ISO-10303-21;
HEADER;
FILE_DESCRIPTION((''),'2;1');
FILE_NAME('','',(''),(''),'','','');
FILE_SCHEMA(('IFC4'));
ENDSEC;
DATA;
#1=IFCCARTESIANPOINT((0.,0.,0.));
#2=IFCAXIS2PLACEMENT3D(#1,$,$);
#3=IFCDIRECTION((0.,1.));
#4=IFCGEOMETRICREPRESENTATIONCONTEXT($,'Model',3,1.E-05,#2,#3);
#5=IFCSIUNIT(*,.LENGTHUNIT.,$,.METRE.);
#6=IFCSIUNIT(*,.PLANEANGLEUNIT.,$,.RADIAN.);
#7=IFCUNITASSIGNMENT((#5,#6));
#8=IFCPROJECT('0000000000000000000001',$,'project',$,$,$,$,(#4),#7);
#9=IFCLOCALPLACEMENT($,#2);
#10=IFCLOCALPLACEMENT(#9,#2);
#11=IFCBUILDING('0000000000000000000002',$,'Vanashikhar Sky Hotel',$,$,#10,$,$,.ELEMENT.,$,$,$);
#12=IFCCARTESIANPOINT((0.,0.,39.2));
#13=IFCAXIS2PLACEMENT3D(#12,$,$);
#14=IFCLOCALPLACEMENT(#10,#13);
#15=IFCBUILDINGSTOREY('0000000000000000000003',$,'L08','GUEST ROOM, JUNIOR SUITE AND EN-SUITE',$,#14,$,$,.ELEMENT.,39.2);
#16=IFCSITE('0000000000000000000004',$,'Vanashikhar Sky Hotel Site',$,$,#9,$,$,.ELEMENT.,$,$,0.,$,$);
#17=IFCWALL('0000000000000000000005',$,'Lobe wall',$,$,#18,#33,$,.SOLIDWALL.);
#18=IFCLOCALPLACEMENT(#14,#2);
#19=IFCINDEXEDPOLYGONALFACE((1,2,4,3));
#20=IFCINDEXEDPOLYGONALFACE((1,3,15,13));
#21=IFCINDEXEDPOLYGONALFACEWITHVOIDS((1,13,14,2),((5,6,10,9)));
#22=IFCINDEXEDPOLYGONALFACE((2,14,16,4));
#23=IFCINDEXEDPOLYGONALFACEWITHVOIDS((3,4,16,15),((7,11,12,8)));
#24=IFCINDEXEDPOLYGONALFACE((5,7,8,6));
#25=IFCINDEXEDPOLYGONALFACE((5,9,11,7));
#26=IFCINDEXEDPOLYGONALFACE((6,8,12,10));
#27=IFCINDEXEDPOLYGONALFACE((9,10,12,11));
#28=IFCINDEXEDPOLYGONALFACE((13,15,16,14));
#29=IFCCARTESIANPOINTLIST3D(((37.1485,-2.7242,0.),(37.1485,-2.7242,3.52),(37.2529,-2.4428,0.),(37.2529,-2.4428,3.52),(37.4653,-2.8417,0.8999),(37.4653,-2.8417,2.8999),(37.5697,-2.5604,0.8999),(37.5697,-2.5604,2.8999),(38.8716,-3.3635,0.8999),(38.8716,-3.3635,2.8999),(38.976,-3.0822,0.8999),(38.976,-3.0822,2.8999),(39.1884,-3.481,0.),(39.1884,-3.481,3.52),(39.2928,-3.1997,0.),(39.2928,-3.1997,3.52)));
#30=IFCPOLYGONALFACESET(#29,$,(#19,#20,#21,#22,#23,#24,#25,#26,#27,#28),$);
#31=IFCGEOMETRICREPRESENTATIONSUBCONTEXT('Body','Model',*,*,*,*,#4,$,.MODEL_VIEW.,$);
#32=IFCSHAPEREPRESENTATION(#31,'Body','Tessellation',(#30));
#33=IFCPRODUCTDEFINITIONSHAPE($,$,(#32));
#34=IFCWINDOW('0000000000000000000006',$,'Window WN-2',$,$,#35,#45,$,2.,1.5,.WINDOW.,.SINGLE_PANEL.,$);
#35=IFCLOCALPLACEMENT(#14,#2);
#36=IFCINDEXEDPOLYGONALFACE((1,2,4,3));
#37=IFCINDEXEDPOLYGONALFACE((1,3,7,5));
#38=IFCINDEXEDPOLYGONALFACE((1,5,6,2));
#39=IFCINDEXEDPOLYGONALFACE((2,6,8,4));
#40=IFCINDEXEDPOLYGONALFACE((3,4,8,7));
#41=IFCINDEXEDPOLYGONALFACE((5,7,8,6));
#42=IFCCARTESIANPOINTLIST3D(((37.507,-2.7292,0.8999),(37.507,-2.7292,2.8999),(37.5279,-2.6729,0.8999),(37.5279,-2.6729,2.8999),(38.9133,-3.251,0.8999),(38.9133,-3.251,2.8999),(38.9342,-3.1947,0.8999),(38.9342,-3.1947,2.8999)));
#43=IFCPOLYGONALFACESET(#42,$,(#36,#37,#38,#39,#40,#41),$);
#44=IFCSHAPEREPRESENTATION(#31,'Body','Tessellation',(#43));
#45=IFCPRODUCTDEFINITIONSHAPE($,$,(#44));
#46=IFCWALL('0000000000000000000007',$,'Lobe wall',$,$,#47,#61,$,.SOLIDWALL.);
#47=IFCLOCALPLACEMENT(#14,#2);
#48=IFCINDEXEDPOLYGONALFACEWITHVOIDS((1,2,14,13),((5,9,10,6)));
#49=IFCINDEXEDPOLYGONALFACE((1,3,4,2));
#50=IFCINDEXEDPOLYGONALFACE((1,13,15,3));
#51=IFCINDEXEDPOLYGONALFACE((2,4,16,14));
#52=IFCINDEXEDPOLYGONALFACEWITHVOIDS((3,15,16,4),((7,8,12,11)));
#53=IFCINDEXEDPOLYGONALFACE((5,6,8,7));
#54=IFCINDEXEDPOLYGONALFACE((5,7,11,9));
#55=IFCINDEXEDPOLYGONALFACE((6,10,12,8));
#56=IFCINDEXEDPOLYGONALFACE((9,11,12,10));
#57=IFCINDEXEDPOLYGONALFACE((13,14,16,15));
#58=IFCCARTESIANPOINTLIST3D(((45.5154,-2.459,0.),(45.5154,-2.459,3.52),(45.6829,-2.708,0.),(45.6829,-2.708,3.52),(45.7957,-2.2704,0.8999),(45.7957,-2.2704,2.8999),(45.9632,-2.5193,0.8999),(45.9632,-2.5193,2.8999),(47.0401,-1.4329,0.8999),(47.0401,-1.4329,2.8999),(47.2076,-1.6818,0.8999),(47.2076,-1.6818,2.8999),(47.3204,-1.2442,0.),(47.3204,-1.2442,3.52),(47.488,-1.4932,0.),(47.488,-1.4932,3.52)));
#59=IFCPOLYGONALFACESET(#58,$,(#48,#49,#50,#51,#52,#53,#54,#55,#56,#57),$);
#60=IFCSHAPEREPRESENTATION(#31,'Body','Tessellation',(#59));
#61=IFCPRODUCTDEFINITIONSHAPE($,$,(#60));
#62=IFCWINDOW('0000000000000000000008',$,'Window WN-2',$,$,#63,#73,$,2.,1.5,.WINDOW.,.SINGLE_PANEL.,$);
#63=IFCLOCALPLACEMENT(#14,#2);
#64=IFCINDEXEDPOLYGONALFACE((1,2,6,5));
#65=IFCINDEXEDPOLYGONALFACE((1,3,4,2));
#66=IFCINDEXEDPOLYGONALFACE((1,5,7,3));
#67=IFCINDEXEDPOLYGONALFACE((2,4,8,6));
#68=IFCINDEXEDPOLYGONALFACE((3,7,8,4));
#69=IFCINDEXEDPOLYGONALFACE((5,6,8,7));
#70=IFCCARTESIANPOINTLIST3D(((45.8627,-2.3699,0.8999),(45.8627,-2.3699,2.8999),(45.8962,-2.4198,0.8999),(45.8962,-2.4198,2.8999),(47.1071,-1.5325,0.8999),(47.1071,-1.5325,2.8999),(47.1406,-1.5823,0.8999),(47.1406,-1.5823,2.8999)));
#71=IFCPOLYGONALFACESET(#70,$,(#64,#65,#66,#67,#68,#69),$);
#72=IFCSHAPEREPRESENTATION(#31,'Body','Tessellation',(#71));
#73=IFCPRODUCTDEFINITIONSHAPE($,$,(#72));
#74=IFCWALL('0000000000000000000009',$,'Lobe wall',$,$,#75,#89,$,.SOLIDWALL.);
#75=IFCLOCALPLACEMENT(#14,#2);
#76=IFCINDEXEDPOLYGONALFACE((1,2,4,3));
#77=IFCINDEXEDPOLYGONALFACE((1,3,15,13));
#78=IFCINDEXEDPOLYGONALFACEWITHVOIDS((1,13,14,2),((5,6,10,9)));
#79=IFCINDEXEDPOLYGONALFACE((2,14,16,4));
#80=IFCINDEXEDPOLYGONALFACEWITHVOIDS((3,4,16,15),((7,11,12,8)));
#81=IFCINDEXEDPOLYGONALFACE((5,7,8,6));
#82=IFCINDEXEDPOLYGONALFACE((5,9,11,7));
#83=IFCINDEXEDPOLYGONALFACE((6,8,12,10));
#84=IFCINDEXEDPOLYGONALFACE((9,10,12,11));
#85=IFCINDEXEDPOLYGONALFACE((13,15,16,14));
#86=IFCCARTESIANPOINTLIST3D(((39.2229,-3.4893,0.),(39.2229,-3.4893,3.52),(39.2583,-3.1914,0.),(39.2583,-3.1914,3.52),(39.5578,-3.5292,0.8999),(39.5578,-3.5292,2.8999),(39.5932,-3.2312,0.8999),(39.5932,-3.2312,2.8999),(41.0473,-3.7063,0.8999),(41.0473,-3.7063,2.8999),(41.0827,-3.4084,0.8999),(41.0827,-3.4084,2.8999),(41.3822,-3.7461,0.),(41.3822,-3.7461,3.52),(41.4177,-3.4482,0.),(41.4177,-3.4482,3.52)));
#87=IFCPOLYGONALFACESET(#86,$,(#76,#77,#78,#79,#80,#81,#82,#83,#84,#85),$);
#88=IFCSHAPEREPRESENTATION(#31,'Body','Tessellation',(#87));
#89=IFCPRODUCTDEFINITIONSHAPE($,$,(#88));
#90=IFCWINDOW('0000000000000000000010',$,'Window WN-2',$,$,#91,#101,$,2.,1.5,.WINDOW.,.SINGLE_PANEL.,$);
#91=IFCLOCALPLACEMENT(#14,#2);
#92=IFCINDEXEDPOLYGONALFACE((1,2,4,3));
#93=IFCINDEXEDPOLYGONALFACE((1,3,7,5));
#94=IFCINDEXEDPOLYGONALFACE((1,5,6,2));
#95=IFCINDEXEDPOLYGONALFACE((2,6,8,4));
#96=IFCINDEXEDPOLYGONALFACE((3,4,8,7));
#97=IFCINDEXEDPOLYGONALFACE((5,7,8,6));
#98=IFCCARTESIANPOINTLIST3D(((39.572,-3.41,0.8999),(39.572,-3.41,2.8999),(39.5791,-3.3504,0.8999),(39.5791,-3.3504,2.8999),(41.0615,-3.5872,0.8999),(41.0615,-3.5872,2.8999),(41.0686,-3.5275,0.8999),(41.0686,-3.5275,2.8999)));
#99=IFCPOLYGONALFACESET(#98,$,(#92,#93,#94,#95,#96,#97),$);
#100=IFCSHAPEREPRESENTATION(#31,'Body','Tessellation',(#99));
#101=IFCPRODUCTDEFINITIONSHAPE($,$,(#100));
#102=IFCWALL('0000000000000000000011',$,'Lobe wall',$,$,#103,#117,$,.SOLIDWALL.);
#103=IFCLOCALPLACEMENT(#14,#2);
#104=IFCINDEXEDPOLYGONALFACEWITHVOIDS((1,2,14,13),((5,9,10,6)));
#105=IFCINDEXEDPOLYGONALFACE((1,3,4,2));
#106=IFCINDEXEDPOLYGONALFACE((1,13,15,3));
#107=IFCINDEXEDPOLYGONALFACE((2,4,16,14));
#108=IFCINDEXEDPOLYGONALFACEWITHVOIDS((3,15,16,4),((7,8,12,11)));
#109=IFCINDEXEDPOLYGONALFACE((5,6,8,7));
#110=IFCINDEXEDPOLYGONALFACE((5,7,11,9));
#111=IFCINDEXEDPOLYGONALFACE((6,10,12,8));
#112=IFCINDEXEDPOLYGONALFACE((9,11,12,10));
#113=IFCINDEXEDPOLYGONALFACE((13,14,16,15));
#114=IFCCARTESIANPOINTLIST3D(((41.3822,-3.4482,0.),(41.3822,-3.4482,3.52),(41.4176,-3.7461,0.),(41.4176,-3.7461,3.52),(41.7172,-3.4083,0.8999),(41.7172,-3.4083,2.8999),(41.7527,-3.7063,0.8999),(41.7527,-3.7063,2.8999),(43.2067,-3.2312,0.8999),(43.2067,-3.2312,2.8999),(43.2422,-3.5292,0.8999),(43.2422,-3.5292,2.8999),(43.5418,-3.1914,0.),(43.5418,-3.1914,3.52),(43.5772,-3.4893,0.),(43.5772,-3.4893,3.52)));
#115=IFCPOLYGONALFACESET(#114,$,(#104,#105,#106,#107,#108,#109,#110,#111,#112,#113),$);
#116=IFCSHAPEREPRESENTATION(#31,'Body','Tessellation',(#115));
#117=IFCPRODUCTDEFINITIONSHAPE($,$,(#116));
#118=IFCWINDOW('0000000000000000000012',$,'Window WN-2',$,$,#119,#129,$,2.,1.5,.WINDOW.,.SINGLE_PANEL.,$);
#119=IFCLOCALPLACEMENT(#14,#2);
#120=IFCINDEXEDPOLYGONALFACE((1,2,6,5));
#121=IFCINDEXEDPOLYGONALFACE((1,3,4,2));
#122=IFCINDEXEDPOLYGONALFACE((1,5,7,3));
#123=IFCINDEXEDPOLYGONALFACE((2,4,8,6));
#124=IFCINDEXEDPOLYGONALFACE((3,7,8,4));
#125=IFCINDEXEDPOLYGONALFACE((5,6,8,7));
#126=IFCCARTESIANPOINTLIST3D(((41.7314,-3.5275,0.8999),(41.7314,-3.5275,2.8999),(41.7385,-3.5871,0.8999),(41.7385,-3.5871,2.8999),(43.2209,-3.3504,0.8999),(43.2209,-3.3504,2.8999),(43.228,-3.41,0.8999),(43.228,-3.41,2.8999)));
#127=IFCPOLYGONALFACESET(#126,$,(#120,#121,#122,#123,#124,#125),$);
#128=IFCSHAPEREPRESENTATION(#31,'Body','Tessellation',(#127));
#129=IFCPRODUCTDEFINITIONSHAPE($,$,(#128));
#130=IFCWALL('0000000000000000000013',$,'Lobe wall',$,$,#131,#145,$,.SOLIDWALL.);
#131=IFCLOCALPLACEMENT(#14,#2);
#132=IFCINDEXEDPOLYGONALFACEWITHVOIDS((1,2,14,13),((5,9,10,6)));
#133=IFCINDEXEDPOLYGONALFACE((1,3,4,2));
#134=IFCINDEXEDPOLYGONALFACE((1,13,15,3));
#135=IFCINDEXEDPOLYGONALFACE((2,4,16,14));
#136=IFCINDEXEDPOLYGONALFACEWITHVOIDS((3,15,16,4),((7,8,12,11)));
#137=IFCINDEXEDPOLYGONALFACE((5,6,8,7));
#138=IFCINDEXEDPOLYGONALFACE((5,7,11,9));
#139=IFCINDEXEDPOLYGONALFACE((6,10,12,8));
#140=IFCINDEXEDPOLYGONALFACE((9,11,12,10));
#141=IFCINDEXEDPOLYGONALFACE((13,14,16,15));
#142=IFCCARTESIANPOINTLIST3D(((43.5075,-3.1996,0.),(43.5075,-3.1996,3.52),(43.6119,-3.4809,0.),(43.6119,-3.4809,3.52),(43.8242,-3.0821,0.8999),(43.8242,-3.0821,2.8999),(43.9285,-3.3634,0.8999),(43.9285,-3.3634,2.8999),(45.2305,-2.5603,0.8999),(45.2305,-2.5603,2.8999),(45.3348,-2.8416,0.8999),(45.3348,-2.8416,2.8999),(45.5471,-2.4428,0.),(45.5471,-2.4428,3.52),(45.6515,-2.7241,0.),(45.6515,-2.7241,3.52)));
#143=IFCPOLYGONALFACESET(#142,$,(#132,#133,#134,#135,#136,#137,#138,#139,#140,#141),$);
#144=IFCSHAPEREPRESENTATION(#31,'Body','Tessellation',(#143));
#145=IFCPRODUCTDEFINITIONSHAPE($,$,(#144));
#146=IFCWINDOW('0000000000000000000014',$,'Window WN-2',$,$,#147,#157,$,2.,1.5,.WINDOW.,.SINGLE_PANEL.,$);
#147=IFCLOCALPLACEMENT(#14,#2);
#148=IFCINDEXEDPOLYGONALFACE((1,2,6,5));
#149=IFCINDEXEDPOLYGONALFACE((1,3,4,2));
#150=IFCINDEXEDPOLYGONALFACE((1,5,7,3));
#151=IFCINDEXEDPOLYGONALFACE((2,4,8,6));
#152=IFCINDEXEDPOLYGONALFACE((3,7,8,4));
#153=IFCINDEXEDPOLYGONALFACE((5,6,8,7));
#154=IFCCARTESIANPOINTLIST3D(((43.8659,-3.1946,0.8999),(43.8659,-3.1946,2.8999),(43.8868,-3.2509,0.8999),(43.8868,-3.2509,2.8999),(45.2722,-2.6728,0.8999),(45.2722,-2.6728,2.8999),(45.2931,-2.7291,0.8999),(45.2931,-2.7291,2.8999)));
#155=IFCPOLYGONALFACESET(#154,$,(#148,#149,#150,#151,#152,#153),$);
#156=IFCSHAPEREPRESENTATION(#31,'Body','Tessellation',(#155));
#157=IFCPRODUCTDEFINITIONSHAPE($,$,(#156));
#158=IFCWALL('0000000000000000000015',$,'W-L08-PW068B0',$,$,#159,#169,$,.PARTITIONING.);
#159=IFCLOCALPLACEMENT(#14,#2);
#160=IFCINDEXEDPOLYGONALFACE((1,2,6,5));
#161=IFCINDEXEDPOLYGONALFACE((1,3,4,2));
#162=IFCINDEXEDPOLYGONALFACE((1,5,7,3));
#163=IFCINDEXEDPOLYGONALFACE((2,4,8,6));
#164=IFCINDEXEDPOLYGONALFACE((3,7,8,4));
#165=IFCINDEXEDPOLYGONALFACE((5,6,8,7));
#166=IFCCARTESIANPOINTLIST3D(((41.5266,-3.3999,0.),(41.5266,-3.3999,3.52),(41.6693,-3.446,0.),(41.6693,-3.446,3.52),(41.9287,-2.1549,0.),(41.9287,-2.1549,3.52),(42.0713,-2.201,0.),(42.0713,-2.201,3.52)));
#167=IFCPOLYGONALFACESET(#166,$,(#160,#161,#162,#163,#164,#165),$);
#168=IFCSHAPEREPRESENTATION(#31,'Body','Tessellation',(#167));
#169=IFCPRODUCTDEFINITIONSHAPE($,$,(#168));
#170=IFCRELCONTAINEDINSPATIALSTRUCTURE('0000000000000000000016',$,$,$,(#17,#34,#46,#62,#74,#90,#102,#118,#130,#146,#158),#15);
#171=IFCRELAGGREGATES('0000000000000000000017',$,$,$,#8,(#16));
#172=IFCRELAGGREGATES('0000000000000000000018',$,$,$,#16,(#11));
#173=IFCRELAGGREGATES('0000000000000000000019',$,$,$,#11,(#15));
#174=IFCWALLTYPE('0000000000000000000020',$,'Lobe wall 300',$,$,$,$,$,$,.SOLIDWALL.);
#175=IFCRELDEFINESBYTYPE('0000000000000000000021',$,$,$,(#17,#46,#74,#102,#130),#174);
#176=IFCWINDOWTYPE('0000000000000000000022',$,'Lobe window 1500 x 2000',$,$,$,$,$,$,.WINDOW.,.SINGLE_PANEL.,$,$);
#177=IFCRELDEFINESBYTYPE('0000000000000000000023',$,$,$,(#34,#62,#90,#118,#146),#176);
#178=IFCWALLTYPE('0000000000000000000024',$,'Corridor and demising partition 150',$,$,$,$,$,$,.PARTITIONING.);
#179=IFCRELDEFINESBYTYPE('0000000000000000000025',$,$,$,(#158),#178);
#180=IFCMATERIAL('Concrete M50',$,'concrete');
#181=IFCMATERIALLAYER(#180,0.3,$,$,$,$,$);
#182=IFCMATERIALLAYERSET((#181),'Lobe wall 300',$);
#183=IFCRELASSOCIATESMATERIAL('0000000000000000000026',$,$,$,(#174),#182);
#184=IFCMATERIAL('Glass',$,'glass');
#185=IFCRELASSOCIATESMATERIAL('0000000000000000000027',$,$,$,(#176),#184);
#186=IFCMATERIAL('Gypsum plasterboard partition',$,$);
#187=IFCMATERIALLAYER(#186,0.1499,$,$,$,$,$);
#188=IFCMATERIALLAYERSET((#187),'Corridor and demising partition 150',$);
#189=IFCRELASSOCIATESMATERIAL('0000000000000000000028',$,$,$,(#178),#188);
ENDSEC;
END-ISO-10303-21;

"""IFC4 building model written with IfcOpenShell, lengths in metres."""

from ifc_helpers import new_model, si_unit, direction, frame, frame_2d, origin, place, context, subcontext, project, spatial, rectangle, extrude, source, transform, mapped, material, layer, layer_set, type_object, element, fill, save


model = new_model("IFC4")

# Units and contexts
model_context = context("Model", 3, precision=1e-05, world=origin(), true_north=direction((0.0, 1.0)))
body_context = subcontext(model_context, "Body", "Model", "MODEL_VIEW")
ifc_project = project(units=[si_unit("LENGTHUNIT", "METRE"), si_unit("PLANEANGLEUNIT", "RADIAN")], contexts=[model_context])

# Site, building, storey
site_placement = place(None, origin())
site = spatial("IfcSite", under=ifc_project, at=site_placement, Name="Vanashikhar Sky Hotel Site", CompositionType="ELEMENT", RefElevation=0.0)
building_placement = place(site_placement, origin())
building = spatial("IfcBuilding", under=site, at=building_placement, Name="Vanashikhar Sky Hotel", CompositionType="ELEMENT")
storey_placement = place(building_placement, frame((0.0, 0.0, 39.2)))
storey = spatial("IfcBuildingStorey", under=building, at=storey_placement, Name="L08", Description="GUEST ROOM, JUNIOR SUITE AND EN-SUITE", CompositionType="ELEMENT", Elevation=39.2)

# Walls, openings, windows
ifc_material_1 = material(Name="Concrete M50", Category="concrete")
ifc_layer_1 = layer(ifc_material_1, 0.3)
ifc_layer_set_1 = layer_set([ifc_layer_1], Name="Lobe wall 300")
wall_type_1 = type_object("IfcWallType", Name="Lobe wall 300", PredefinedType="SOLIDWALL", material=ifc_layer_set_1)
shared_shape_1 = source(origin(), body_context, "Body", "SweptSolid", [
    extrude(rectangle(XDim=2.1758, YDim=0.3, at=frame_2d((1.0879, 0.0))), origin(), (0.0, 0.0, 1.0), 3.52),
])
wall_1_placement = place(storey_placement, frame((37.2007, -2.5835, 0.0), z_axis=(0.0, 0.0, 1.0), x_axis=(0.937546, -0.347863, 0.0)))
wall_1 = element("IfcWall", 1, at=wall_1_placement, inside=storey, type_object=wall_type_1, Name="Lobe wall", PredefinedType="SOLIDWALL", context=body_context, shape_type="MappedRepresentation", body=[
    mapped(shared_shape_1, transform((0.0, 0.0, 0.0), scale=1.0)),
])
shared_shape_2 = source(origin(), body_context, "Body", "SweptSolid", [
    extrude(rectangle(XDim=1.5, YDim=2.0, at=frame_2d((0.75, 1.0))), frame((0.0, 0.1602, 0.0), z_axis=(0.0, -1.0, 0.0), x_axis=(1.0, 0.0, 0.0)), (0.0, 0.0, 1.0), 0.3201),
])
opening_1_placement = place(wall_1_placement, frame((0.3379, 0.0, 0.8999)))
opening_1 = element("IfcOpeningElement", 2, at=opening_1_placement, cuts=wall_1, PredefinedType="OPENING", context=body_context, shape_type="MappedRepresentation", body=[
    mapped(shared_shape_2, transform((0.0, 0.0, 0.0), scale=1.0)),
])
ifc_material_2 = material(Name="Glass", Category="glass")
window_type = type_object("IfcWindowType", Name="Lobe window 1500 x 2000", PartitioningType="SINGLE_PANEL", PredefinedType="WINDOW", material=ifc_material_2)
shared_shape_3 = source(origin(), body_context, "Body", "SweptSolid", [
    extrude(rectangle(XDim=1.5, YDim=2.0, at=frame_2d((0.75, 1.0))), frame((0.0, 0.03, 0.0), z_axis=(0.0, -1.0, 0.0), x_axis=(1.0, 0.0, 0.0)), (0.0, 0.0, 1.0), 0.0601),
])
window_1_placement = place(opening_1_placement, origin())
window_1 = element("IfcWindow", 3, at=window_1_placement, inside=storey, type_object=window_type, Name="Window WN-2", OverallHeight=2.0, OverallWidth=1.5, PartitioningType="SINGLE_PANEL", PredefinedType="WINDOW", context=body_context, shape_type="MappedRepresentation", body=[
    mapped(shared_shape_3, transform((0.0, 0.0, 0.0), scale=1.0)),
])
fill(opening_1, window_1)
wall_2_placement = place(storey_placement, frame((45.5991, -2.5835, 0.0), z_axis=(0.0, 0.0, 1.0), x_axis=(0.829626, 0.55832, 0.0)))
wall_2 = element("IfcWall", 4, at=wall_2_placement, inside=storey, type_object=wall_type_1, Name="Lobe wall", PredefinedType="SOLIDWALL", context=body_context, shape_type="MappedRepresentation", body=[
    mapped(shared_shape_1, transform((0.0, 0.0, 0.0), scale=1.0)),
])
opening_2_placement = place(wall_2_placement, frame((0.3379, 0.0, 0.8999)))
opening_2 = element("IfcOpeningElement", 5, at=opening_2_placement, cuts=wall_2, PredefinedType="OPENING", context=body_context, shape_type="MappedRepresentation", body=[
    mapped(shared_shape_2, transform((0.0, 0.0, 0.0), scale=1.0)),
])
window_2_placement = place(opening_2_placement, origin())
window_2 = element("IfcWindow", 6, at=window_2_placement, inside=storey, type_object=window_type, Name="Window WN-2", OverallHeight=2.0, OverallWidth=1.5, PartitioningType="SINGLE_PANEL", PredefinedType="WINDOW", context=body_context, shape_type="MappedRepresentation", body=[
    mapped(shared_shape_3, transform((0.0, 0.0, 0.0), scale=1.0)),
])
fill(opening_2, window_2)
shared_shape_4 = source(origin(), body_context, "Body", "SweptSolid", [
    extrude(rectangle(XDim=2.1746, YDim=0.3, at=frame_2d((1.0874, 0.0))), origin(), (0.0, 0.0, 1.0), 3.52),
])
wall_3_placement = place(storey_placement, frame((39.2405, -3.3403, 0.0), z_axis=(0.0, 0.0, 1.0), x_axis=(0.993001, -0.118105, 0.0)))
wall_3 = element("IfcWall", 7, at=wall_3_placement, inside=storey, type_object=wall_type_1, Name="Lobe wall", PredefinedType="SOLIDWALL", context=body_context, shape_type="MappedRepresentation", body=[
    mapped(shared_shape_4, transform((0.0, 0.0, 0.0), scale=1.0)),
])
opening_3_placement = place(wall_3_placement, frame((0.3374, 0.0, 0.8999)))
opening_3 = element("IfcOpeningElement", 8, at=opening_3_placement, cuts=wall_3, PredefinedType="OPENING", context=body_context, shape_type="MappedRepresentation", body=[
    mapped(shared_shape_2, transform((0.0, 0.0, 0.0), scale=1.0)),
])
window_3_placement = place(opening_3_placement, origin())
window_3 = element("IfcWindow", 9, at=window_3_placement, inside=storey, type_object=window_type, Name="Window WN-2", OverallHeight=2.0, OverallWidth=1.5, PartitioningType="SINGLE_PANEL", PredefinedType="WINDOW", context=body_context, shape_type="MappedRepresentation", body=[
    mapped(shared_shape_3, transform((0.0, 0.0, 0.0), scale=1.0)),
])
fill(opening_3, window_3)
shared_shape_5 = source(origin(), body_context, "Body", "SweptSolid", [
    extrude(rectangle(XDim=2.1748, YDim=0.3, at=frame_2d((1.0874, 0.0))), origin(), (0.0, 0.0, 1.0), 3.52),
])
wall_4_placement = place(storey_placement, frame((41.3999, -3.5972, 0.0), z_axis=(0.0, 0.0, 1.0), x_axis=(0.993003, 0.118092, 0.0)))
wall_4 = element("IfcWall", 10, at=wall_4_placement, inside=storey, type_object=wall_type_1, Name="Lobe wall", PredefinedType="SOLIDWALL", context=body_context, shape_type="MappedRepresentation", body=[
    mapped(shared_shape_5, transform((0.0, 0.0, 0.0), scale=1.0)),
])
opening_4_placement = place(wall_4_placement, frame((0.3374, 0.0, 0.8999)))
opening_4 = element("IfcOpeningElement", 11, at=opening_4_placement, cuts=wall_4, PredefinedType="OPENING", context=body_context, shape_type="MappedRepresentation", body=[
    mapped(shared_shape_2, transform((0.0, 0.0, 0.0), scale=1.0)),
])
window_4_placement = place(opening_4_placement, origin())
window_4 = element("IfcWindow", 12, at=window_4_placement, inside=storey, type_object=window_type, Name="Window WN-2", OverallHeight=2.0, OverallWidth=1.5, PartitioningType="SINGLE_PANEL", PredefinedType="WINDOW", context=body_context, shape_type="MappedRepresentation", body=[
    mapped(shared_shape_3, transform((0.0, 0.0, 0.0), scale=1.0)),
])
fill(opening_4, window_4)
shared_shape_6 = source(origin(), body_context, "Body", "SweptSolid", [
    extrude(rectangle(XDim=2.1755, YDim=0.3, at=frame_2d((1.0879, 0.0))), origin(), (0.0, 0.0, 1.0), 3.52),
])
wall_5_placement = place(storey_placement, frame((43.5596, -3.3403, 0.0), z_axis=(0.0, 0.0, 1.0), x_axis=(0.937532, 0.347899, 0.0)))
wall_5 = element("IfcWall", 13, at=wall_5_placement, inside=storey, type_object=wall_type_1, Name="Lobe wall", PredefinedType="SOLIDWALL", context=body_context, shape_type="MappedRepresentation", body=[
    mapped(shared_shape_6, transform((0.0, 0.0, 0.0), scale=1.0)),
])
opening_5_placement = place(wall_5_placement, frame((0.3379, 0.0, 0.8999)))
opening_5 = element("IfcOpeningElement", 14, at=opening_5_placement, cuts=wall_5, PredefinedType="OPENING", context=body_context, shape_type="MappedRepresentation", body=[
    mapped(shared_shape_2, transform((0.0, 0.0, 0.0), scale=1.0)),
])
window_5_placement = place(opening_5_placement, origin())
window_5 = element("IfcWindow", 15, at=window_5_placement, inside=storey, type_object=window_type, Name="Window WN-2", OverallHeight=2.0, OverallWidth=1.5, PartitioningType="SINGLE_PANEL", PredefinedType="WINDOW", context=body_context, shape_type="MappedRepresentation", body=[
    mapped(shared_shape_3, transform((0.0, 0.0, 0.0), scale=1.0)),
])
fill(opening_5, window_5)

# Wall
ifc_material_3 = material(Name="Gypsum plasterboard partition")
ifc_layer_2 = layer(ifc_material_3, 0.1499)
ifc_layer_set_2 = layer_set([ifc_layer_2], Name="Corridor and demising partition 150")
wall_type_2 = type_object("IfcWallType", Name="Corridor and demising partition 150", PredefinedType="PARTITIONING", material=ifc_layer_set_2)
shared_shape_7 = source(origin(), body_context, "Body", "SweptSolid", [
    extrude(rectangle(XDim=1.3083, YDim=0.1499, at=frame_2d((0.6543, 0.0))), origin(), (0.0, 0.0, 1.0), 3.52),
])
wall_6_placement = place(storey_placement, frame((41.5979, -3.4231, 0.0), z_axis=(0.0, 0.0, 1.0), x_axis=(0.307314, 0.951608, 0.0)))
element("IfcWall", 16, at=wall_6_placement, inside=storey, type_object=wall_type_2, Name="W-L08-PW068B0", PredefinedType="PARTITIONING", context=body_context, shape_type="MappedRepresentation", body=[
    mapped(shared_shape_7, transform((0.0, 0.0, 0.0), scale=1.0)),
])

save(model, "model.ifc")
